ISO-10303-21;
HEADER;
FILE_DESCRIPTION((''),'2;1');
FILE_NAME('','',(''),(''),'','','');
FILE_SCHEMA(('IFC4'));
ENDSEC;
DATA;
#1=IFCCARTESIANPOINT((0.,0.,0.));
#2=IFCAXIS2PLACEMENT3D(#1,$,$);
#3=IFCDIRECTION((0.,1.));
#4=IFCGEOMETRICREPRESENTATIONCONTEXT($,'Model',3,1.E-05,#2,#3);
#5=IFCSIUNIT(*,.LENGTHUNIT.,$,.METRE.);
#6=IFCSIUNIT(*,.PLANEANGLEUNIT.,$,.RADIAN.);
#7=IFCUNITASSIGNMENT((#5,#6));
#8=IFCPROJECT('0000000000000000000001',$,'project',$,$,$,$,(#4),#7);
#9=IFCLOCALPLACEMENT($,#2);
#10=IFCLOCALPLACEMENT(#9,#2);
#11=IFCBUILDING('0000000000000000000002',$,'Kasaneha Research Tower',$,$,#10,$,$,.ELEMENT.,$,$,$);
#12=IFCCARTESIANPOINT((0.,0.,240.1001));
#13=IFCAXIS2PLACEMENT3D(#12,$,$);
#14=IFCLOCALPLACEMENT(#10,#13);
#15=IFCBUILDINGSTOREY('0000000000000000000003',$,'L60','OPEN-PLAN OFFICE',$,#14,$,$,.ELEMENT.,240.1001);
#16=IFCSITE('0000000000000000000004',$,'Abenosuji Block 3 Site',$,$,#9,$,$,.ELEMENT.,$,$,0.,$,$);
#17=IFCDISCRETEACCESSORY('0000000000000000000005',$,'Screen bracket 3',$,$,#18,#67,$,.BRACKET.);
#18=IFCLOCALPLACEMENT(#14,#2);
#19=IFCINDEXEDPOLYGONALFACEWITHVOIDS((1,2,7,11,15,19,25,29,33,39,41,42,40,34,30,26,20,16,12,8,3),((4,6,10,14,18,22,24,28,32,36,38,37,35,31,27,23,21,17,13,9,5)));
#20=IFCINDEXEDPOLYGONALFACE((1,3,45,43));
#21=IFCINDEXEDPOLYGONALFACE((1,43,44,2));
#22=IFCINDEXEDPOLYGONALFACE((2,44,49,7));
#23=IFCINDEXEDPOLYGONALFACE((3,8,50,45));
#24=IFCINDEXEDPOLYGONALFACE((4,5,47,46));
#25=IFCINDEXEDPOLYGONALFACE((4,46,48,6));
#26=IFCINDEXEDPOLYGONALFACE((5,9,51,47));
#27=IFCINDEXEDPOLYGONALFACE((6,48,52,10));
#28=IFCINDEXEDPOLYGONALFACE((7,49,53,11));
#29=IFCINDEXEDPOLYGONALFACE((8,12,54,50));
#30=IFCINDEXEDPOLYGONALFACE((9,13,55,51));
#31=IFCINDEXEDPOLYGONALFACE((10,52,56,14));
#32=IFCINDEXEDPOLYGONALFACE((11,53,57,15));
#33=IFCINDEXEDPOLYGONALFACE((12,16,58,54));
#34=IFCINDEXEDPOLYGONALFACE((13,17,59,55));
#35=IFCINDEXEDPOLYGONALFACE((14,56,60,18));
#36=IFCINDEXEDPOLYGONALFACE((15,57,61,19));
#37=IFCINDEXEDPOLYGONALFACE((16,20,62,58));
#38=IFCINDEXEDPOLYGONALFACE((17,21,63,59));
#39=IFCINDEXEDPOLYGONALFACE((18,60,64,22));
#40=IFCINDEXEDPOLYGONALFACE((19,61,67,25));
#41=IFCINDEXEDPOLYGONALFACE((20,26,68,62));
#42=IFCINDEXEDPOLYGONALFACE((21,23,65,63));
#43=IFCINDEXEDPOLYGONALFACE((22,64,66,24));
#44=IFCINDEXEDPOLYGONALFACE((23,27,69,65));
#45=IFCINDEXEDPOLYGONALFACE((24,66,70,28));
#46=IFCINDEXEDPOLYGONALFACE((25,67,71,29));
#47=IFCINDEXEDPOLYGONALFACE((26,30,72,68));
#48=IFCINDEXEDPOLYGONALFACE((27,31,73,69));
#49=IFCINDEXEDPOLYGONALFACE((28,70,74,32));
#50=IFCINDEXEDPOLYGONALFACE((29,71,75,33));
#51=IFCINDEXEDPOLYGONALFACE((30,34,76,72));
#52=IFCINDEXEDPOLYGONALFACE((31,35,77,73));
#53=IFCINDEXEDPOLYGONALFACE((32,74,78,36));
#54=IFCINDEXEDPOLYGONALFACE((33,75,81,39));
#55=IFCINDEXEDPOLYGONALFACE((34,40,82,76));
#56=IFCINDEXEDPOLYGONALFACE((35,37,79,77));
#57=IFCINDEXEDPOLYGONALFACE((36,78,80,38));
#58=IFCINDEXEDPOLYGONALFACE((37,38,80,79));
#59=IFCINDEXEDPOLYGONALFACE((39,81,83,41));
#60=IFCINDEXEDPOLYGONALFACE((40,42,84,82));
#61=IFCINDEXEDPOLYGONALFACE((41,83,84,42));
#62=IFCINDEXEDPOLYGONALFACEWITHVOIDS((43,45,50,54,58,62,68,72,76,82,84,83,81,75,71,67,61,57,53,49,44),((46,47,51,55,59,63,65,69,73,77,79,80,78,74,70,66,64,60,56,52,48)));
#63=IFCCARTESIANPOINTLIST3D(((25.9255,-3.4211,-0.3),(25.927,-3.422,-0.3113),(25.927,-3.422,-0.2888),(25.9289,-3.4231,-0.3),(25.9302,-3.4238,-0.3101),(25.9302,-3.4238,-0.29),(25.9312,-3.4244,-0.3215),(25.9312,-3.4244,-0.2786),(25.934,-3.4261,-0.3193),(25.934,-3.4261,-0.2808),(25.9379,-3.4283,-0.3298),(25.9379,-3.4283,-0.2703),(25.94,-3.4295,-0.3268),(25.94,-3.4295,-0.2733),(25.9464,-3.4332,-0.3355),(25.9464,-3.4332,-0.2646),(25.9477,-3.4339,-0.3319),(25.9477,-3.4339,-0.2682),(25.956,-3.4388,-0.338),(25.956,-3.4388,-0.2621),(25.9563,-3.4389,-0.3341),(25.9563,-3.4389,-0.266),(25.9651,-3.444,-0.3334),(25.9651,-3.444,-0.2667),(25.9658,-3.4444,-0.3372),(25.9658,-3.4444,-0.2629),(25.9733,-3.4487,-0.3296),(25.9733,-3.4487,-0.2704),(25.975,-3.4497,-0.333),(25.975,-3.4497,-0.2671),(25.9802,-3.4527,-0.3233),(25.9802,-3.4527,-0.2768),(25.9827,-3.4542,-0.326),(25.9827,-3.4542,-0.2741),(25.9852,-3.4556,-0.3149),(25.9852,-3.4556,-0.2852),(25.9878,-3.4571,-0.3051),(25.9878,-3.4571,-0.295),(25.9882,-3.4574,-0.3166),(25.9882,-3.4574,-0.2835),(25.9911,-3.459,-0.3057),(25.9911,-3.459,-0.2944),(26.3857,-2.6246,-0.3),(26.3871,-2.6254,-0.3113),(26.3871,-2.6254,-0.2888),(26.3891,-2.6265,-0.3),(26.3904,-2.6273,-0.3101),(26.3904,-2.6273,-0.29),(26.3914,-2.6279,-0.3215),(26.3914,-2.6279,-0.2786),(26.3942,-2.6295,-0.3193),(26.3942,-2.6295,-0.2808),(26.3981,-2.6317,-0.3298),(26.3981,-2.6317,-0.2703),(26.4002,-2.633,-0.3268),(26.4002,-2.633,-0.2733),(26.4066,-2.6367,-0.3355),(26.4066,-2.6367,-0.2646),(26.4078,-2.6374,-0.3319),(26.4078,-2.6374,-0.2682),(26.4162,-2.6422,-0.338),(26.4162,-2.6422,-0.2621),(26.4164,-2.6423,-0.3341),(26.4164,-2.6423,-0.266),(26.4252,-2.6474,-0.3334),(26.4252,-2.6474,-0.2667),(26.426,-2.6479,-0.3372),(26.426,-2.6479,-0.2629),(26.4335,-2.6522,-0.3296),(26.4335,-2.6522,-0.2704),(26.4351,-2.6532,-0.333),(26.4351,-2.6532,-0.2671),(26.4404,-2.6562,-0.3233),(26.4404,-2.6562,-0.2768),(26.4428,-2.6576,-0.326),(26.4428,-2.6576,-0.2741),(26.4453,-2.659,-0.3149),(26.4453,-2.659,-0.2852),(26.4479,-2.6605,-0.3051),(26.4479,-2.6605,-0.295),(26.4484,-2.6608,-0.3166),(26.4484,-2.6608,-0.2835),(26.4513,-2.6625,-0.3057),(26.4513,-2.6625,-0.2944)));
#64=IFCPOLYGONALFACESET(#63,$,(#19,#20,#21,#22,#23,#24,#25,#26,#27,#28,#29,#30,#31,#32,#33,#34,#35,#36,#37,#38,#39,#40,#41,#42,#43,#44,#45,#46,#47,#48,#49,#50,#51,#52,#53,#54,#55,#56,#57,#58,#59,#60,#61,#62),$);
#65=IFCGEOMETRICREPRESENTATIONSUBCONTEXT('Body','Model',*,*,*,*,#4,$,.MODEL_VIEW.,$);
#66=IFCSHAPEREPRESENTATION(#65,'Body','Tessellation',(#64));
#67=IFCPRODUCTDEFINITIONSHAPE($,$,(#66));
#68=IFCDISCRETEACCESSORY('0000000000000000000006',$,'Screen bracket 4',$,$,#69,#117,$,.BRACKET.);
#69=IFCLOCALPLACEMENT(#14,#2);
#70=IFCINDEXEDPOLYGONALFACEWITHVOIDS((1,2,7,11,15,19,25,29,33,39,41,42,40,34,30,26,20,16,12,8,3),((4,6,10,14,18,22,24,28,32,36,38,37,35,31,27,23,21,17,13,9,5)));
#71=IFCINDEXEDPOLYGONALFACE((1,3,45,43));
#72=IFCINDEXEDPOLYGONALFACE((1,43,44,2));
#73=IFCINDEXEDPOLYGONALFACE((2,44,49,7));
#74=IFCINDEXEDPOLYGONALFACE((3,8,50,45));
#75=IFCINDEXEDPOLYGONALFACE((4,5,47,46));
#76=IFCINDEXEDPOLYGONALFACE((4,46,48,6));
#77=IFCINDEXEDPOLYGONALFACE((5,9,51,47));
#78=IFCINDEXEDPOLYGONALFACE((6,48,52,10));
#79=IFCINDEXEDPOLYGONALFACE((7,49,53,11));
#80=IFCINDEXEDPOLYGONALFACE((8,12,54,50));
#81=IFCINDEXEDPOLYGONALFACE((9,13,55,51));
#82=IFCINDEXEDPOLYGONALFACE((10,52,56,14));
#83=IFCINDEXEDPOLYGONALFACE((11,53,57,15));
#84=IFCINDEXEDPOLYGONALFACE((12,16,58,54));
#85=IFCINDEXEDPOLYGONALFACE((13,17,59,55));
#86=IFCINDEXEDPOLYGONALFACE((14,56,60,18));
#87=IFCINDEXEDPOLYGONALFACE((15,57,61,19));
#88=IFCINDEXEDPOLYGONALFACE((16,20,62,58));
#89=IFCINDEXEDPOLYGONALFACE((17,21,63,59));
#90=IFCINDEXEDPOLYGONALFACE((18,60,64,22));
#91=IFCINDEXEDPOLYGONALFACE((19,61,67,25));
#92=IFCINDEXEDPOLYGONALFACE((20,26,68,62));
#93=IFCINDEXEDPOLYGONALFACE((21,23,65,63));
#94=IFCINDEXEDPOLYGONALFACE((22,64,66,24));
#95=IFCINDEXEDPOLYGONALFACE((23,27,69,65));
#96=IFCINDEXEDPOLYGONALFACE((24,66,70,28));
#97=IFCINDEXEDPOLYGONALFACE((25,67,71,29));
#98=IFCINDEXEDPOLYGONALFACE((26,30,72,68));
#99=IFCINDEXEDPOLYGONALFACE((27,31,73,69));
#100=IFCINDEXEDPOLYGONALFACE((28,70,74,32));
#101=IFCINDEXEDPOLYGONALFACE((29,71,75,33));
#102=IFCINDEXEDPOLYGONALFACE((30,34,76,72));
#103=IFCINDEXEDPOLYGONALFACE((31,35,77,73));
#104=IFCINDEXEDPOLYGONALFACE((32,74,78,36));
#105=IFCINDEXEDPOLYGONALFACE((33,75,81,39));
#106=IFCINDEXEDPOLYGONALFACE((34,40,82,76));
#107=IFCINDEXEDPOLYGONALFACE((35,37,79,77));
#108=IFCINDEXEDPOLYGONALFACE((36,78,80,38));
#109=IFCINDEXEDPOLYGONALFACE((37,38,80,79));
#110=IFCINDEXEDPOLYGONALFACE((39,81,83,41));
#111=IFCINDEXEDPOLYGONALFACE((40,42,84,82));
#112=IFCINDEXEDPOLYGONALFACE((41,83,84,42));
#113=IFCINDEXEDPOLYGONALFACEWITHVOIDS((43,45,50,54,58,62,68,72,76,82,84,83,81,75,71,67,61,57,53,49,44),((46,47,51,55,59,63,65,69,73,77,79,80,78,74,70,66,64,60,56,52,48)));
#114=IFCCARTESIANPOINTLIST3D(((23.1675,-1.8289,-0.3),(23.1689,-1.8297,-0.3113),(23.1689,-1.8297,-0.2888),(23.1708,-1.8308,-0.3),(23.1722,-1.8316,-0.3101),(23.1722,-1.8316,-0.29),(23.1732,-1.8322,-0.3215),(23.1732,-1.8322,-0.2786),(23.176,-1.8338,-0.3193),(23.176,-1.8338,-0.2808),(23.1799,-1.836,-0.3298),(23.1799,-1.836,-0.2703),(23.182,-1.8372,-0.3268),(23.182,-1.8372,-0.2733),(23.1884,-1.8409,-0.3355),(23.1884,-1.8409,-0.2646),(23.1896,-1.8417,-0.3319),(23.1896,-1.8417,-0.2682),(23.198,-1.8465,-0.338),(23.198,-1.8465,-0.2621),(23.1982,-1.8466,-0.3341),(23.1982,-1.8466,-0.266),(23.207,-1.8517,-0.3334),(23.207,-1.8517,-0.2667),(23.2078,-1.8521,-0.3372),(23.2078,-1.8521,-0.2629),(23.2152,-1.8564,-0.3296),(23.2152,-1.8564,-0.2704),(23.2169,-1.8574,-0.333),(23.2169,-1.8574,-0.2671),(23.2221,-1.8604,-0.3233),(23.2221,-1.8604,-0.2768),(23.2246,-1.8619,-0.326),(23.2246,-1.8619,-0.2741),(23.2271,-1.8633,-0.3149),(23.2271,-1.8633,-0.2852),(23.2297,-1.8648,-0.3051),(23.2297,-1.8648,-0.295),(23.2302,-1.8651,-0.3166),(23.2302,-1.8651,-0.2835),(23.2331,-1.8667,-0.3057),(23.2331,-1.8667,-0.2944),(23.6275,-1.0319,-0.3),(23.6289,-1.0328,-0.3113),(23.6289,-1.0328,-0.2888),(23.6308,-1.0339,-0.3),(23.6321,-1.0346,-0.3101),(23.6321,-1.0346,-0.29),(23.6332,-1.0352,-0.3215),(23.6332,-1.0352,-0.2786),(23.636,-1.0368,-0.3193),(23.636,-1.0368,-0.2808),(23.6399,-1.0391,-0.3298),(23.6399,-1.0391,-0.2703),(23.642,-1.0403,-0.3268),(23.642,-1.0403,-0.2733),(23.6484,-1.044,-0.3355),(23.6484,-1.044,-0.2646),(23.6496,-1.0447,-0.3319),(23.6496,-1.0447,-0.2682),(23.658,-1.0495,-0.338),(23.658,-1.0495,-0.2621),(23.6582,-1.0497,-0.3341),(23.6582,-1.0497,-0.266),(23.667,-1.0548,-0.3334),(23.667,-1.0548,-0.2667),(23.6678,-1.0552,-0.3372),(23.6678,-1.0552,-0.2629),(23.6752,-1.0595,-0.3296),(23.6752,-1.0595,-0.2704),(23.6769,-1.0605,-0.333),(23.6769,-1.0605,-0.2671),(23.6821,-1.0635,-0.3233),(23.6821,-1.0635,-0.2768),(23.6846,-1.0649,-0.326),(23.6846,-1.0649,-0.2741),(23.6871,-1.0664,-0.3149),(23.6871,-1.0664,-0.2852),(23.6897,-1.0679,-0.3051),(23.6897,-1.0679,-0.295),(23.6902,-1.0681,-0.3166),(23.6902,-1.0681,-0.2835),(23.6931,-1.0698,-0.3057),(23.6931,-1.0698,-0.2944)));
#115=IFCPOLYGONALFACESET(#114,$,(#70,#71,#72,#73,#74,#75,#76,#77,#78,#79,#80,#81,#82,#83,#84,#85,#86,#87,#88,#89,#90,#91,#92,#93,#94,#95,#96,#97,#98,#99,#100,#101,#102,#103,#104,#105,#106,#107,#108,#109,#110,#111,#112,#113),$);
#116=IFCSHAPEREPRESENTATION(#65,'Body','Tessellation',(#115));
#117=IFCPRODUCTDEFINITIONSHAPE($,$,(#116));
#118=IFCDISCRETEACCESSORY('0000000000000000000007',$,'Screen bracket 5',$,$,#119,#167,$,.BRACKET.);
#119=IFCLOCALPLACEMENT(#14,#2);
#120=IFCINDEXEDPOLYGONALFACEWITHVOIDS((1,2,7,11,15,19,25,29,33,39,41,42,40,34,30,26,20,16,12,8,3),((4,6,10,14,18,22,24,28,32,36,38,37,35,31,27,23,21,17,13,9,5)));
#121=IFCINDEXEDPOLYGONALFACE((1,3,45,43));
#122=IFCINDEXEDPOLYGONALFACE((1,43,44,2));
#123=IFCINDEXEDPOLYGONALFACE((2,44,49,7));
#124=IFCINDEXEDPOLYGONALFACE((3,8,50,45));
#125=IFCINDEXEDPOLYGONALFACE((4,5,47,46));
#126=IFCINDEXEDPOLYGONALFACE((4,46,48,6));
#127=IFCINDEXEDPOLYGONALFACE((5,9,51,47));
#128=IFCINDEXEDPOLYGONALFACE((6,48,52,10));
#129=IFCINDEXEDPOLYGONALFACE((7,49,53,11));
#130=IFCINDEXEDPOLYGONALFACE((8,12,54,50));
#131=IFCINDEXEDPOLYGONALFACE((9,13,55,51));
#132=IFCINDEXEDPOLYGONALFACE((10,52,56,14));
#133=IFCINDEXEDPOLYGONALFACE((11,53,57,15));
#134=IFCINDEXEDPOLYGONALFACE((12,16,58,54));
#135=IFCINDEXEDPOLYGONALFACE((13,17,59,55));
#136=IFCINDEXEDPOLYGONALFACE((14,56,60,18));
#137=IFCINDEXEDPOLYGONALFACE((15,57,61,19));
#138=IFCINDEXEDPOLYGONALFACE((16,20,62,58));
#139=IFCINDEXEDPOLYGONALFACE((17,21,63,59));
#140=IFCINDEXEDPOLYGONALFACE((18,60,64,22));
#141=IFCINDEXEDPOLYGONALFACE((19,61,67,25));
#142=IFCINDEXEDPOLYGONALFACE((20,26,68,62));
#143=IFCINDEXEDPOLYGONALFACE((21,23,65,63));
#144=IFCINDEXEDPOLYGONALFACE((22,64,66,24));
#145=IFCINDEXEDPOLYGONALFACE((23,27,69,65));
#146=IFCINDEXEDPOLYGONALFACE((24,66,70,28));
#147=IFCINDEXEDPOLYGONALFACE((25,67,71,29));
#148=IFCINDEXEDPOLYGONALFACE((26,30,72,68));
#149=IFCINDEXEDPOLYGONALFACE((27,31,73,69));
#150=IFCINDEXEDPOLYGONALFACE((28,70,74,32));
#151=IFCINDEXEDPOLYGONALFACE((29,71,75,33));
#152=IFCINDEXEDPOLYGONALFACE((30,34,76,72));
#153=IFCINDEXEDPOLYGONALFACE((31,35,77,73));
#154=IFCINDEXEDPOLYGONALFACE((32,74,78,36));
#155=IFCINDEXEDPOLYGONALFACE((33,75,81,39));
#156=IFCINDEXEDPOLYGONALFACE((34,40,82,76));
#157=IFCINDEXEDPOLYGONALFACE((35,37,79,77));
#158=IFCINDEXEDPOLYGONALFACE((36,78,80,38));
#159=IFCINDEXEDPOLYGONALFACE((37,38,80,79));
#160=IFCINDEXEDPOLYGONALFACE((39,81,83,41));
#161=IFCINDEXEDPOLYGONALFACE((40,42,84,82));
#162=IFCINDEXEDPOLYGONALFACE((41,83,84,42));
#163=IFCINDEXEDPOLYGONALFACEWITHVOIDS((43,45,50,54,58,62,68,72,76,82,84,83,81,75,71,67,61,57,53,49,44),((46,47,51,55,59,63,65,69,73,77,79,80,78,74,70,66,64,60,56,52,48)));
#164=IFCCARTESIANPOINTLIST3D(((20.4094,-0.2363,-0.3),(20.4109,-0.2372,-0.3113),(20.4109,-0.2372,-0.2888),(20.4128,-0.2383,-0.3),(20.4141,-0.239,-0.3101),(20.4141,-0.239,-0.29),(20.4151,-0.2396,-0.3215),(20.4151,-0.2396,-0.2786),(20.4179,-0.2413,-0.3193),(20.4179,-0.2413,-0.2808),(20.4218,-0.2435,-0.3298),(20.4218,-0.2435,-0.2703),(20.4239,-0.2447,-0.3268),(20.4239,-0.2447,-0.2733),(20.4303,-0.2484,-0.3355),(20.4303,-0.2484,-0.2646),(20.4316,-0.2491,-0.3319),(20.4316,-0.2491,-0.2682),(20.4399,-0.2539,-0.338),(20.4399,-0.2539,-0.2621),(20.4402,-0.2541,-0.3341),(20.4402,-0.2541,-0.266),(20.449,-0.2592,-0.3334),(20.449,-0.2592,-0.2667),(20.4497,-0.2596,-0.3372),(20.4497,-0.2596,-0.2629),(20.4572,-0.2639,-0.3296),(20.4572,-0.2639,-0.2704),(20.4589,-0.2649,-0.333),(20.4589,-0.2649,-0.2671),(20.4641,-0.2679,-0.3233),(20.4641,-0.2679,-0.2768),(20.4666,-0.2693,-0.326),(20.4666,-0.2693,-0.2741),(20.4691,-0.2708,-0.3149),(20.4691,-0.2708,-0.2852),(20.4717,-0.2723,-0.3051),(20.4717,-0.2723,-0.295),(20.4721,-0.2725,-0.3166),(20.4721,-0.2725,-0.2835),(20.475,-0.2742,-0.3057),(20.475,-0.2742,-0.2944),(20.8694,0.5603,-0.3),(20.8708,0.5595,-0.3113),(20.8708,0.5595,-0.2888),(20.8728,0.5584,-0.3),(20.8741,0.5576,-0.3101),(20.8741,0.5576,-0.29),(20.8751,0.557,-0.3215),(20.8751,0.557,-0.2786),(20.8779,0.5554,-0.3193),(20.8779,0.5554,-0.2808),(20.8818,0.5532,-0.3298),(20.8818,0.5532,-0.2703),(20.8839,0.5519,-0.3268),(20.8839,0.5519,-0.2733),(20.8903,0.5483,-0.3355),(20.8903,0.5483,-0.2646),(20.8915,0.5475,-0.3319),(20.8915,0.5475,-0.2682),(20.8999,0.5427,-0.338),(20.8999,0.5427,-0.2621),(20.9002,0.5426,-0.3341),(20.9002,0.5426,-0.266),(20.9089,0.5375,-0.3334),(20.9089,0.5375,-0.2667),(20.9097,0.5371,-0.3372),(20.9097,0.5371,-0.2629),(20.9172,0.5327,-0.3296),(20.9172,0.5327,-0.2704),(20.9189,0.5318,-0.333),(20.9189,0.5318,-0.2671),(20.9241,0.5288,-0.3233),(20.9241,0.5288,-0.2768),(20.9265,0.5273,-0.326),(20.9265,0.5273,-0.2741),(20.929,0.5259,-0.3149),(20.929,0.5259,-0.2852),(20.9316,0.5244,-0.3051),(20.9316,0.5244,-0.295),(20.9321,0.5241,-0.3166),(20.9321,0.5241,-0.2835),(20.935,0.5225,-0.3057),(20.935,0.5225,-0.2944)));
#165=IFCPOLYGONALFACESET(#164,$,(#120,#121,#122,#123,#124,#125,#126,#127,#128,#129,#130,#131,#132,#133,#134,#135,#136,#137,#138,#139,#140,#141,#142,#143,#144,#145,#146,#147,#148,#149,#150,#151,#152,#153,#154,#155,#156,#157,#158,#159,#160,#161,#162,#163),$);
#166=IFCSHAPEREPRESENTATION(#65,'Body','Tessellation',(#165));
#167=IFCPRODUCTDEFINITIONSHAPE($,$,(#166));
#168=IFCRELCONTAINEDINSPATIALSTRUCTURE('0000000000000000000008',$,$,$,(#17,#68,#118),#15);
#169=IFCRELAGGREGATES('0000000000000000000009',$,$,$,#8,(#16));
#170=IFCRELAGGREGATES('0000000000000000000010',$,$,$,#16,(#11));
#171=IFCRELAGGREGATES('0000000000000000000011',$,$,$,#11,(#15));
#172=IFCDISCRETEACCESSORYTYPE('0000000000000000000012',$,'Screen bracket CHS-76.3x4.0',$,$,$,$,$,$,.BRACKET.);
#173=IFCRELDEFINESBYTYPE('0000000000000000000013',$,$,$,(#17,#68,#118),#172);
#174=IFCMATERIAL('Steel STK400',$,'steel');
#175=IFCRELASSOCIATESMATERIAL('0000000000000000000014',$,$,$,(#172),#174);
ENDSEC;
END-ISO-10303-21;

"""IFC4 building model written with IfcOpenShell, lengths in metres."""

from ifc_helpers import new_model, si_unit, direction, frame, origin, origin_2d, place, context, subcontext, project, spatial, hollow_circle, extrude, material, material_profile, profile_set, type_object, element, save


model = new_model("IFC4")

# Units and contexts
model_context = context("Model", 3, precision=1e-05, world=origin(), true_north=direction((0.0, 1.0)))
body_context = subcontext(model_context, "Body", "Model", "MODEL_VIEW")
ifc_project = project(units=[si_unit("LENGTHUNIT", "METRE"), si_unit("PLANEANGLEUNIT", "RADIAN")], contexts=[model_context])

# Site, building, storey
site_placement = place(None, origin())
site = spatial("IfcSite", under=ifc_project, at=site_placement, Name="Abenosuji Block 3 Site", CompositionType="ELEMENT", RefElevation=0.0)
building_placement = place(site_placement, origin())
building = spatial("IfcBuilding", under=site, at=building_placement, Name="Kasaneha Research Tower", CompositionType="ELEMENT")
storey_placement = place(building_placement, frame((0.0, 0.0, 240.1001)))
storey = spatial("IfcBuildingStorey", under=building, at=storey_placement, Name="L60", Description="OPEN-PLAN OFFICE", CompositionType="ELEMENT", Elevation=240.1001)

# Discrete accessories
ifc_material_1 = material(Name="Steel STK400", Category="steel")
ifc_material_profile_1 = material_profile(ifc_material_1, hollow_circle(Radius=0.0381, WallThickness=0.0039, at=origin_2d()), Name="CHS-76.3x4.0")
ifc_profile_set_1 = profile_set([ifc_material_profile_1], Name="Steel STK400")
discrete_accessory_type = type_object("IfcDiscreteAccessoryType", Name="Screen bracket CHS-76.3x4.0", PredefinedType="BRACKET", material=ifc_profile_set_1)
for number, where, z_axis, x_axis, name in (
    (1, (25.9585, -3.4402, -0.3), (0.50022, 0.865898, 0.0), (-0.865898, 0.50022, 0.0), "Screen bracket 3"),
):
    element("IfcDiscreteAccessory", number, at=place(storey_placement, frame(where, z_axis=z_axis, x_axis=x_axis)), inside=storey, type_object=discrete_accessory_type, Name=name, PredefinedType="BRACKET", context=body_context, shape_type="SweptSolid", body=[
        extrude(hollow_circle(Radius=0.0381, WallThickness=0.0039, at=origin_2d()), origin(), (0.0, 0.0, 1.0), 0.9199),
    ])
discrete_accessory_1_placement = place(storey_placement, frame((23.2004, -1.8479, -0.3), z_axis=(0.499906, 0.86608, 0.0), x_axis=(-0.86608, 0.499906, 0.0)))
element("IfcDiscreteAccessory", 2, at=discrete_accessory_1_placement, inside=storey, type_object=discrete_accessory_type, Name="Screen bracket 4", PredefinedType="BRACKET", context=body_context, shape_type="SweptSolid", body=[
    extrude(hollow_circle(Radius=0.0381, WallThickness=0.0039, at=origin_2d()), origin(), (0.0, 0.0, 1.0), 0.9202),
])
discrete_accessory_2_placement = place(storey_placement, frame((20.4424, -0.2554, -0.3), z_axis=(0.500021, 0.866013, 0.0), x_axis=(-0.866013, 0.500021, 0.0)))
element("IfcDiscreteAccessory", 3, at=discrete_accessory_2_placement, inside=storey, type_object=discrete_accessory_type, Name="Screen bracket 5", PredefinedType="BRACKET", context=body_context, shape_type="SweptSolid", body=[
    extrude(hollow_circle(Radius=0.0381, WallThickness=0.0039, at=origin_2d()), origin(), (0.0, 0.0, 1.0), 0.9199),
])

save(model, "model.ifc")
